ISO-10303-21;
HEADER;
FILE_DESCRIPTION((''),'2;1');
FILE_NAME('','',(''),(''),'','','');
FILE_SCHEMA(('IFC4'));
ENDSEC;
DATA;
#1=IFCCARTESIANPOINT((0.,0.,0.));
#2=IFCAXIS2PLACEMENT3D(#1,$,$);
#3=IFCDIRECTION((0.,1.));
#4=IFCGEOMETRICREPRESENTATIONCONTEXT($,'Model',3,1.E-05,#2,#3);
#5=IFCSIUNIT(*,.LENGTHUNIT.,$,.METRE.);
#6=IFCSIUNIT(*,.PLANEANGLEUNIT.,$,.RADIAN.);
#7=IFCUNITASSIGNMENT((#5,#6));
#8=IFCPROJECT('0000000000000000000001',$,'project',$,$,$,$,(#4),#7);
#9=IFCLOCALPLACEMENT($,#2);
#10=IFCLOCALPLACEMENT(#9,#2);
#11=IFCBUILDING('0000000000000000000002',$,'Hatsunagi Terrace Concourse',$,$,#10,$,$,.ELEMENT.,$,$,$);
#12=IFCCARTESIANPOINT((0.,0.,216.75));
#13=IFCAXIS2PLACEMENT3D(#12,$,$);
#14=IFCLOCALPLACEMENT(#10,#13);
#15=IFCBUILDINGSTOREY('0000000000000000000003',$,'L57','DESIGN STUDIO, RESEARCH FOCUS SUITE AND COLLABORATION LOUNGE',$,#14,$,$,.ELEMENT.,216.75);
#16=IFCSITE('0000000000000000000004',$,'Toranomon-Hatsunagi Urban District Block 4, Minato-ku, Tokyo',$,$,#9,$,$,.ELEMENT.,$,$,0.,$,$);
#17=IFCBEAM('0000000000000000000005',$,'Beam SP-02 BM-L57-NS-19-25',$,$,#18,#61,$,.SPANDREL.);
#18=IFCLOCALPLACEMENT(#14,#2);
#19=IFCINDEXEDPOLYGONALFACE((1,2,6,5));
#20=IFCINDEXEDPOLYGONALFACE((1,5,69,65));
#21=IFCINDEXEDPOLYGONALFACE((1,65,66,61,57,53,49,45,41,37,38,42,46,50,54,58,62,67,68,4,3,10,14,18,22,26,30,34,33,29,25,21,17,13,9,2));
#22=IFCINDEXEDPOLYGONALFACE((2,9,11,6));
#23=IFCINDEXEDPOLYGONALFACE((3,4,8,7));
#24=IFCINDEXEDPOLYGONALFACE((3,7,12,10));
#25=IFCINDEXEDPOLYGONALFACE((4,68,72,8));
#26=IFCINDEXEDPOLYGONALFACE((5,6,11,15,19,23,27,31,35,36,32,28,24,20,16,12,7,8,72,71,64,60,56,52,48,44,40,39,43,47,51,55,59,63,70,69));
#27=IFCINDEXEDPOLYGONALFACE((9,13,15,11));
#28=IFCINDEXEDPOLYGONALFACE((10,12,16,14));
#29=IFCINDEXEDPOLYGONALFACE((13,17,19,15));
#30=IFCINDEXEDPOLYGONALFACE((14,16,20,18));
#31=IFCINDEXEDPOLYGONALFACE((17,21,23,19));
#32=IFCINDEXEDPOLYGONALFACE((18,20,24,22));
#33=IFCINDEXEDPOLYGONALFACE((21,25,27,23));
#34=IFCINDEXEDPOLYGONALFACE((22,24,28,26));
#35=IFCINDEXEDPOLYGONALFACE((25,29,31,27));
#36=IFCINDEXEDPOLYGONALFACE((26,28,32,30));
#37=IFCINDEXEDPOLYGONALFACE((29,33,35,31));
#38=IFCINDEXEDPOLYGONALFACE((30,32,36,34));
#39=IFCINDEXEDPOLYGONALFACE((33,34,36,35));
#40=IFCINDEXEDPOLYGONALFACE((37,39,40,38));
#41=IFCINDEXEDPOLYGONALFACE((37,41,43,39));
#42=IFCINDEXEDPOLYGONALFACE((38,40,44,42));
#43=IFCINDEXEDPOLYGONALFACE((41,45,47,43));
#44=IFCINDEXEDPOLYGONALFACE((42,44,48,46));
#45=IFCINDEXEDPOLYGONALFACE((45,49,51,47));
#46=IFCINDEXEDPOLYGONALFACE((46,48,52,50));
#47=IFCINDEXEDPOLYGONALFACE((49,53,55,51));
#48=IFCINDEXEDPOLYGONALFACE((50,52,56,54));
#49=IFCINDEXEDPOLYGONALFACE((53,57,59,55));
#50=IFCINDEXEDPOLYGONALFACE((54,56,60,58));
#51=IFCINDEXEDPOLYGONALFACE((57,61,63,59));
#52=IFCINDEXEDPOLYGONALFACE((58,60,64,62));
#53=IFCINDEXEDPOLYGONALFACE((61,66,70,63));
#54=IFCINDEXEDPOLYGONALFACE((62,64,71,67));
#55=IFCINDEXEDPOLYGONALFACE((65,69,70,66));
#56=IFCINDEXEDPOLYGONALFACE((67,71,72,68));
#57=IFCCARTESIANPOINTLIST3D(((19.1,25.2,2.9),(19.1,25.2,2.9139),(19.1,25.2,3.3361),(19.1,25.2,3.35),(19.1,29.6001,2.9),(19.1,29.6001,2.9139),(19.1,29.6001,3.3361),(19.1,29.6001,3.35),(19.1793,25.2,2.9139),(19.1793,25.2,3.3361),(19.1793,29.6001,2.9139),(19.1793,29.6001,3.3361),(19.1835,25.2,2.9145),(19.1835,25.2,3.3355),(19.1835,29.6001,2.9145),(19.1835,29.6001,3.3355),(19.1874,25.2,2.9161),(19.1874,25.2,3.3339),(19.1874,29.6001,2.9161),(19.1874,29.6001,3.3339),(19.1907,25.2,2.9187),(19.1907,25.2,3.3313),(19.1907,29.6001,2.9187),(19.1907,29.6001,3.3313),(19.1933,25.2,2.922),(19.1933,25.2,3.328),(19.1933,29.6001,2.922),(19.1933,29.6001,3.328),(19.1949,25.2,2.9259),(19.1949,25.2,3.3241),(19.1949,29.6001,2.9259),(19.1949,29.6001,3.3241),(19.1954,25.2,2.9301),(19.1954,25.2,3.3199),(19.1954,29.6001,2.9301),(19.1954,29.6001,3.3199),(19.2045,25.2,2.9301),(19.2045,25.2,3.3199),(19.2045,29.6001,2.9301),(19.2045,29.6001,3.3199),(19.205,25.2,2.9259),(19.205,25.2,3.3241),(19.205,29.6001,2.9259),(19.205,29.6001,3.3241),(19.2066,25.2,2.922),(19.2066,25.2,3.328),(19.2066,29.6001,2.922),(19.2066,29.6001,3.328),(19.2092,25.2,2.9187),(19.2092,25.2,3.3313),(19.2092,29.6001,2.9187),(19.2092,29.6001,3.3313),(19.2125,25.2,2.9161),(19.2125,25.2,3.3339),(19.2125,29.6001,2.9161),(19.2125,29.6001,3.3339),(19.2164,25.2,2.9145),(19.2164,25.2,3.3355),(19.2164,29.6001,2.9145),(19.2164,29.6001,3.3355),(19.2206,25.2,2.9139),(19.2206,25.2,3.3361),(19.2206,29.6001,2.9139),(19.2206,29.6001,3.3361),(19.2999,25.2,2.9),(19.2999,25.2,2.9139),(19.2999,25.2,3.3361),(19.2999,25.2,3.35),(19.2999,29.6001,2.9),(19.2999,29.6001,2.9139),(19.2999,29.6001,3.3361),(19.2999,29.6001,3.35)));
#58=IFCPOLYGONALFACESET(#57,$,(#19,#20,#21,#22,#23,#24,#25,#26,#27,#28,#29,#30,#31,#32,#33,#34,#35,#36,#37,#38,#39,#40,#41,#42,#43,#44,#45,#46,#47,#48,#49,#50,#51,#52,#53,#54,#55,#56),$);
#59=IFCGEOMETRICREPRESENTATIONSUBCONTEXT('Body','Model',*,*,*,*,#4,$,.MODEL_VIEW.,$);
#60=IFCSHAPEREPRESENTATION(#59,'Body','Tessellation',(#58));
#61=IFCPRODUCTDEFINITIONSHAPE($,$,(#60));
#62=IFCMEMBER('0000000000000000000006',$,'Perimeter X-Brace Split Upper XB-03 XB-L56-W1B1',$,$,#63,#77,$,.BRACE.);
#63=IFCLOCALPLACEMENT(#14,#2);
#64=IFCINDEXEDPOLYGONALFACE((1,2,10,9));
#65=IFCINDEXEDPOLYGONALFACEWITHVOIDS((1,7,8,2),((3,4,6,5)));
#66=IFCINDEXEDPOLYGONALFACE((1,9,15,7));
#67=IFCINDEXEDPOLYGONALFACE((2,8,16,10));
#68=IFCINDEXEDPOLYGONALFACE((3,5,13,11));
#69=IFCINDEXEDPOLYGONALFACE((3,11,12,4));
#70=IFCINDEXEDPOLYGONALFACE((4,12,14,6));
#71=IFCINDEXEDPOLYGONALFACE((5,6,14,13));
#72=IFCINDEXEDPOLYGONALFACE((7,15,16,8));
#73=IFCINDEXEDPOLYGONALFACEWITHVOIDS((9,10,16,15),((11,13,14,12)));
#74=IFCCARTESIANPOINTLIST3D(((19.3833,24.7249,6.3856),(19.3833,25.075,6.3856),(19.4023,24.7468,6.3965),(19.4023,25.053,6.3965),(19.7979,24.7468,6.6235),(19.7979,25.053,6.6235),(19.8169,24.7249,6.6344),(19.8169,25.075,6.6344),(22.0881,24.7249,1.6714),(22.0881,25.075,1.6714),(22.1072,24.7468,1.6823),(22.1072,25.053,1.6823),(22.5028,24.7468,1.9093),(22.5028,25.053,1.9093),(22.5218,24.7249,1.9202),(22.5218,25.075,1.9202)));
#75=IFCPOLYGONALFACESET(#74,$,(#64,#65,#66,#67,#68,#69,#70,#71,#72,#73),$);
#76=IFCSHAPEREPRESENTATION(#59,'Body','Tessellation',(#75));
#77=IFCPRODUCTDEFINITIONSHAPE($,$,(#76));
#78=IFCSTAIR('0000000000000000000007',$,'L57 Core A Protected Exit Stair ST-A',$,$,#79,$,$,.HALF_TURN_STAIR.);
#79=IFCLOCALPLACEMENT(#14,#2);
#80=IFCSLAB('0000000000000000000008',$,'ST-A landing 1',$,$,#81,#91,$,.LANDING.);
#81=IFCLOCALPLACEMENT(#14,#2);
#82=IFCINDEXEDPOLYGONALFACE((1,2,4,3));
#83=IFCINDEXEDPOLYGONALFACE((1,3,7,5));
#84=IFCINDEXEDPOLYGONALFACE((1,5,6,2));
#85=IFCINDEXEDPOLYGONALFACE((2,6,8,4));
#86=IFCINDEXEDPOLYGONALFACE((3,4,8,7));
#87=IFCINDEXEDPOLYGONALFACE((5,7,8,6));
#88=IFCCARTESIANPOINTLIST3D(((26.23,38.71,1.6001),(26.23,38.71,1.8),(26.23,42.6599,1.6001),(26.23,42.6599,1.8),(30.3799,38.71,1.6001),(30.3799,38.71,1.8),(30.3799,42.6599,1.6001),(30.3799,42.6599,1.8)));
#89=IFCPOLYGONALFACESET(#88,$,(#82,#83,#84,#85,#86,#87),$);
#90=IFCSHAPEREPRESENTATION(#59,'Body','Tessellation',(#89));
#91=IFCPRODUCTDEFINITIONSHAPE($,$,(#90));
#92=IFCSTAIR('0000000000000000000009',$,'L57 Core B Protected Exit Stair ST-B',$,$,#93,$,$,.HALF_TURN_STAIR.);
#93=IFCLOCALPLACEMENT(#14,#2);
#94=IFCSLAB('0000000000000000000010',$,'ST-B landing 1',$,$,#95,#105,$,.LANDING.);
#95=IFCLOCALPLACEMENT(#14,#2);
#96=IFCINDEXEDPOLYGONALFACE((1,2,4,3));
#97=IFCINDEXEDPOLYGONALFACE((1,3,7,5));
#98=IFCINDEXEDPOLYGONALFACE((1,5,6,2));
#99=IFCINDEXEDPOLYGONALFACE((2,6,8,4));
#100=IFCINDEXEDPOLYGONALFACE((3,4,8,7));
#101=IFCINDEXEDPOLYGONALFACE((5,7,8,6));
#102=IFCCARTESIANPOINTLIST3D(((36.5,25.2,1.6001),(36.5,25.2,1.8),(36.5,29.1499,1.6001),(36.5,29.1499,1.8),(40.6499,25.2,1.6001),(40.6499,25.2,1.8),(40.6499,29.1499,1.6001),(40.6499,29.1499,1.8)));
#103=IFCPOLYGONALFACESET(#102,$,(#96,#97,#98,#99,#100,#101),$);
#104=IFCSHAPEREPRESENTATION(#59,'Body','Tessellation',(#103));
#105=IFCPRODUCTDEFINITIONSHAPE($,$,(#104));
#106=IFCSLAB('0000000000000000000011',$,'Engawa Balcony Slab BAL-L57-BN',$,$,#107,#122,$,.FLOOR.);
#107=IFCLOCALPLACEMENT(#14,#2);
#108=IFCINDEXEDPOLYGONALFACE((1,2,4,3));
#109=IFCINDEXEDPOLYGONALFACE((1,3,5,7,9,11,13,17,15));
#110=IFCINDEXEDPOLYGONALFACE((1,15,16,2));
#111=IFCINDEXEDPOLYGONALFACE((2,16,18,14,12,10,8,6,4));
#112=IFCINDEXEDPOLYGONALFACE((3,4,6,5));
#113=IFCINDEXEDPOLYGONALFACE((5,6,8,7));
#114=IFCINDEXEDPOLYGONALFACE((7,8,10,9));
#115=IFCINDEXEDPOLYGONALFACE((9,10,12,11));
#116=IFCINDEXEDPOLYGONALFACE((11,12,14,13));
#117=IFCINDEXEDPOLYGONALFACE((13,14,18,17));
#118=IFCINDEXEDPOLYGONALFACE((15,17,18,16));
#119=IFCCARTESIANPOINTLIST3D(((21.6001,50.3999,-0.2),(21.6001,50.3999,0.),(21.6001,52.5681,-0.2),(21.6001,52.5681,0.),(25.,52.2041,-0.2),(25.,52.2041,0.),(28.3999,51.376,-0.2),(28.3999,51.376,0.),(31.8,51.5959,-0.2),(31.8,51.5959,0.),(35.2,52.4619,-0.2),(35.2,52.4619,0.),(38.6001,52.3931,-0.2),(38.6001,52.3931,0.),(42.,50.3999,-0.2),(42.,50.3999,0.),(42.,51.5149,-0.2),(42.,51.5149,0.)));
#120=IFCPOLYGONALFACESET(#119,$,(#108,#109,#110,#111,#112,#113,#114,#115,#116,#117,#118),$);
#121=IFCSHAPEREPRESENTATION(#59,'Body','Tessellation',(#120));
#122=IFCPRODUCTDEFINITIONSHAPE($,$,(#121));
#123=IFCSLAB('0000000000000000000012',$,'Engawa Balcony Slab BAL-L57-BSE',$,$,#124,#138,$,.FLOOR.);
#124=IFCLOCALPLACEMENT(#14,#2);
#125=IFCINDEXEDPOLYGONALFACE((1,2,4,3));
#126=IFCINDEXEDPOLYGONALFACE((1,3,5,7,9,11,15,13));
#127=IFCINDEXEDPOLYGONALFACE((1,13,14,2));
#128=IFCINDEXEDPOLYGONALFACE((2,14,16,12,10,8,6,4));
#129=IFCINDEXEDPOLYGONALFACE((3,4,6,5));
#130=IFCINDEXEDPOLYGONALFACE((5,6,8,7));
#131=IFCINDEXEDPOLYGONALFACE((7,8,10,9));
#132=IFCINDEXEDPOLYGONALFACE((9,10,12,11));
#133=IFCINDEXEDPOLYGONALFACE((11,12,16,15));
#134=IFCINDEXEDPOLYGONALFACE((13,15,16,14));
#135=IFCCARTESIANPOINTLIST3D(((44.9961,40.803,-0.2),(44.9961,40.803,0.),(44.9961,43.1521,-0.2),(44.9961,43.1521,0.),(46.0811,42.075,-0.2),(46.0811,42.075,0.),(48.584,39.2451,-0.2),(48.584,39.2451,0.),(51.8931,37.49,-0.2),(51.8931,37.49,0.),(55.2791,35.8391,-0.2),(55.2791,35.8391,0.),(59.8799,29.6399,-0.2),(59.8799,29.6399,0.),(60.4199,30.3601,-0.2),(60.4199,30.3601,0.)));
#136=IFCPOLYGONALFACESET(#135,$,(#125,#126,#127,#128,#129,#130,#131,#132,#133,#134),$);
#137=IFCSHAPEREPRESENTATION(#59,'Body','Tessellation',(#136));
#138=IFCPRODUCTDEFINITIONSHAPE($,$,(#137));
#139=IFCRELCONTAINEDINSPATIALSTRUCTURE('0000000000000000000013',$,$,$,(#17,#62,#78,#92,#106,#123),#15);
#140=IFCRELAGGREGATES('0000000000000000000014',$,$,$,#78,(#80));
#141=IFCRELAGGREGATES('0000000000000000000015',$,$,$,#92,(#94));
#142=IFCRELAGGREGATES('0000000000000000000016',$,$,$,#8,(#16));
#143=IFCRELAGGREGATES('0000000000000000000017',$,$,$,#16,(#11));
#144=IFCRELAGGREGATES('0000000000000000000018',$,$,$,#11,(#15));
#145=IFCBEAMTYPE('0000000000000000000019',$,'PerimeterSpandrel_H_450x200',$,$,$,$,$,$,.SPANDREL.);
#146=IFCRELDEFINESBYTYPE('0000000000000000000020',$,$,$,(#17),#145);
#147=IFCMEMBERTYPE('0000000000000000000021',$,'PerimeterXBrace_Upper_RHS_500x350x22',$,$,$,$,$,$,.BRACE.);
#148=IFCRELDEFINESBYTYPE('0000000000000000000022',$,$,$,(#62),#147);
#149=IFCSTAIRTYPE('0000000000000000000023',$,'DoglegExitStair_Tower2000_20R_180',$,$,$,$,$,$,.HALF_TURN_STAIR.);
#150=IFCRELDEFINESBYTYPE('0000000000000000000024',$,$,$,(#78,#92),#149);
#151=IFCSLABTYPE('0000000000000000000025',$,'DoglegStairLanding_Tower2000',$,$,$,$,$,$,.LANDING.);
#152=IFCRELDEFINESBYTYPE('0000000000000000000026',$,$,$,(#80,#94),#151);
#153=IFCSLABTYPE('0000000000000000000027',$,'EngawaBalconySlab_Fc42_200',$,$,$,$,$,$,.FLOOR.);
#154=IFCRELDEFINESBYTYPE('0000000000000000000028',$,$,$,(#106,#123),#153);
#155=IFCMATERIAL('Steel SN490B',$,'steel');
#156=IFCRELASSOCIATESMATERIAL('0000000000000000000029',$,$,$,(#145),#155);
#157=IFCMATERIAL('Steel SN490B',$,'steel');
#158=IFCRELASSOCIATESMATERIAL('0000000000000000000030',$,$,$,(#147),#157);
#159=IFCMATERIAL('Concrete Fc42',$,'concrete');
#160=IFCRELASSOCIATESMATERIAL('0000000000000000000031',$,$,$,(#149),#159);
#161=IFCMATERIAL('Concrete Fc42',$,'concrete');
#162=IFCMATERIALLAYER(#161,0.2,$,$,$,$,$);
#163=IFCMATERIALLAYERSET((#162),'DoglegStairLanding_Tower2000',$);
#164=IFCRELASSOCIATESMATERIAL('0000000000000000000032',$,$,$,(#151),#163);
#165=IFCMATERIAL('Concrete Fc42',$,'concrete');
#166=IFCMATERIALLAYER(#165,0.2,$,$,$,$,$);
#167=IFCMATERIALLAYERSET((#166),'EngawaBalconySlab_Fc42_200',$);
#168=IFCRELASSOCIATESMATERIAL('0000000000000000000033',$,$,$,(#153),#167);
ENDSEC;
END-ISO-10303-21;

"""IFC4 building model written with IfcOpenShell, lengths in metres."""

from ifc_helpers import new_model, si_unit, direction, frame, origin, origin_2d, place, context, subcontext, project, spatial, polyline, hollow_rectangle, i_section, outline, extrude, material, layer, layer_set, material_profile, profile_set, type_object, element, aggregate, save


model = new_model("IFC4")

# Units and contexts
model_context = context("Model", 3, precision=1e-05, world=origin(), true_north=direction((0.0, 1.0)))
body_context = subcontext(model_context, "Body", "Model", "MODEL_VIEW")
ifc_project = project(units=[si_unit("LENGTHUNIT", "METRE"), si_unit("PLANEANGLEUNIT", "RADIAN")], contexts=[model_context])

# Site, building, storey
site_placement = place(None, origin())
site = spatial("IfcSite", under=ifc_project, at=site_placement, Name="Toranomon-Hatsunagi Urban District Block 4, Minato-ku, Tokyo", CompositionType="ELEMENT", RefElevation=0.0)
building_placement = place(site_placement, origin())
building = spatial("IfcBuilding", under=site, at=building_placement, Name="Hatsunagi Terrace Concourse", CompositionType="ELEMENT")
storey_placement = place(building_placement, frame((0.0, 0.0, 216.75)))
storey = spatial("IfcBuildingStorey", under=building, at=storey_placement, Name="L57", Description="DESIGN STUDIO, RESEARCH FOCUS SUITE AND COLLABORATION LOUNGE", CompositionType="ELEMENT", Elevation=216.75)

# Beam
ifc_material_1 = material(Name="Steel SN490B", Category="steel")
ifc_material_profile_1 = material_profile(ifc_material_1, i_section(OverallWidth=0.2, OverallDepth=0.45, WebThickness=0.009, FlangeThickness=0.0139, FilletRadius=0.0161, at=origin_2d()), Name="H-450x200x9x14")
ifc_profile_set_1 = profile_set([ifc_material_profile_1], Name="Steel SN490B")
beam_type_1 = type_object("IfcBeamType", Name="PerimeterSpandrel_H_450x200", PredefinedType="SPANDREL", material=ifc_profile_set_1)
beam_1_placement = place(storey_placement, frame((19.2, 25.2, 3.125), z_axis=(0.0, 1.0, 0.0), x_axis=(-1.0, 0.0, 0.0)))
element("IfcBeam", 1, at=beam_1_placement, inside=storey, type_object=beam_type_1, Name="Beam SP-02 BM-L57-NS-19-25", PredefinedType="SPANDREL", context=body_context, shape_type="SweptSolid", body=[
    extrude(i_section(OverallWidth=0.2, OverallDepth=0.45, WebThickness=0.009, FlangeThickness=0.0139, FilletRadius=0.0161, at=origin_2d()), origin(), (0.0, 0.0, 1.0), 4.4001),
])

# Member
ifc_material_2 = material(Name="Steel SN490B", Category="steel")
ifc_material_profile_2 = material_profile(ifc_material_2, hollow_rectangle(XDim=0.3501, YDim=0.5, WallThickness=0.022, at=origin_2d()), Name="RHS-500x350x22")
ifc_profile_set_2 = profile_set([ifc_material_profile_2], Name="Steel SN490B")
member_type_1 = type_object("IfcMemberType", Name="PerimeterXBrace_Upper_RHS_500x350x22", PredefinedType="BRACE", material=ifc_profile_set_2)
member_1_placement = place(storey_placement, frame((19.6001, 24.8999, 6.51), z_axis=(0.497672, 0.0, -0.867365), x_axis=(0.0, 1.0, 0.0)))
element("IfcMember", 2, at=member_1_placement, inside=storey, type_object=member_type_1, Name="Perimeter X-Brace Split Upper XB-03 XB-L56-W1B1", PredefinedType="BRACE", context=body_context, shape_type="SweptSolid", body=[
    extrude(hollow_rectangle(XDim=0.3501, YDim=0.5, WallThickness=0.022, at=origin_2d()), origin(), (0.0, 0.0, 1.0), 5.4351),
])

# Stairs, slabs
ifc_material_3 = material(Name="Concrete Fc42", Category="concrete")
stair_type = type_object("IfcStairType", Name="DoglegExitStair_Tower2000_20R_180", PredefinedType="HALF_TURN_STAIR", material=ifc_material_3)
stair_1_placement = place(storey_placement, origin())
stair_1 = element("IfcStair", 3, at=stair_1_placement, inside=storey, type_object=stair_type, Name="L57 Core A Protected Exit Stair ST-A", PredefinedType="HALF_TURN_STAIR")
ifc_material_4 = material(Name="Concrete Fc42", Category="concrete")
ifc_layer_1 = layer(ifc_material_4, 0.2)
ifc_layer_set_1 = layer_set([ifc_layer_1], Name="DoglegStairLanding_Tower2000")
slab_type_1 = type_object("IfcSlabType", Name="DoglegStairLanding_Tower2000", PredefinedType="LANDING", material=ifc_layer_set_1)
slab_1_placement = place(storey_placement, frame((0.0, 0.0, 1.6001)))
slab_1 = element("IfcSlab", 4, at=slab_1_placement, type_object=slab_type_1, Name="ST-A landing 1", PredefinedType="LANDING", context=body_context, shape_type="SweptSolid", body=[
    extrude(outline(polyline([(30.3799, 38.71), (30.3799, 42.6599), (26.23, 42.6599), (26.23, 38.71), (30.3799, 38.71)])), origin(), (0.0, 0.0, 1.0), 0.2),
])
aggregate(stair_1, [slab_1])
stair_2_placement = place(storey_placement, origin())
stair_2 = element("IfcStair", 5, at=stair_2_placement, inside=storey, type_object=stair_type, Name="L57 Core B Protected Exit Stair ST-B", PredefinedType="HALF_TURN_STAIR")
slab_2_placement = place(storey_placement, frame((0.0, 0.0, 1.6001)))
slab_2 = element("IfcSlab", 6, at=slab_2_placement, type_object=slab_type_1, Name="ST-B landing 1", PredefinedType="LANDING", context=body_context, shape_type="SweptSolid", body=[
    extrude(outline(polyline([(36.5, 29.1499), (36.5, 25.2), (40.6499, 25.2), (40.6499, 29.1499), (36.5, 29.1499)])), origin(), (0.0, 0.0, 1.0), 0.2),
])
aggregate(stair_2, [slab_2])

# Slabs
ifc_material_5 = material(Name="Concrete Fc42", Category="concrete")
ifc_layer_2 = layer(ifc_material_5, 0.2)
ifc_layer_set_2 = layer_set([ifc_layer_2], Name="EngawaBalconySlab_Fc42_200")
slab_type_2 = type_object("IfcSlabType", Name="EngawaBalconySlab_Fc42_200", PredefinedType="FLOOR", material=ifc_layer_set_2)
slab_3_placement = place(storey_placement, frame((0.0, 0.0, -0.2)))
element("IfcSlab", 7, at=slab_3_placement, inside=storey, type_object=slab_type_2, Name="Engawa Balcony Slab BAL-L57-BN", PredefinedType="FLOOR", context=body_context, shape_type="SweptSolid", body=[
    extrude(outline(polyline([(21.6001, 52.5681), (21.6001, 50.3999), (42.0, 50.3999), (42.0, 51.5149), (38.6001, 52.3931), (35.2, 52.4619), (31.8, 51.5959), (28.3999, 51.376), (25.0, 52.2041), (21.6001, 52.5681)])), origin(), (0.0, 0.0, 1.0), 0.2),
])
slab_4_placement = place(storey_placement, frame((0.0, 0.0, -0.2)))
element("IfcSlab", 8, at=slab_4_placement, inside=storey, type_object=slab_type_2, Name="Engawa Balcony Slab BAL-L57-BSE", PredefinedType="FLOOR", context=body_context, shape_type="SweptSolid", body=[
    extrude(outline(polyline([(46.0811, 42.075), (44.9961, 43.1521), (44.9961, 40.803), (59.8799, 29.6399), (60.4199, 30.3601), (55.2791, 35.8391), (51.8931, 37.49), (48.584, 39.2451), (46.0811, 42.075)])), origin(), (0.0, 0.0, 1.0), 0.2),
])

save(model, "model.ifc")
